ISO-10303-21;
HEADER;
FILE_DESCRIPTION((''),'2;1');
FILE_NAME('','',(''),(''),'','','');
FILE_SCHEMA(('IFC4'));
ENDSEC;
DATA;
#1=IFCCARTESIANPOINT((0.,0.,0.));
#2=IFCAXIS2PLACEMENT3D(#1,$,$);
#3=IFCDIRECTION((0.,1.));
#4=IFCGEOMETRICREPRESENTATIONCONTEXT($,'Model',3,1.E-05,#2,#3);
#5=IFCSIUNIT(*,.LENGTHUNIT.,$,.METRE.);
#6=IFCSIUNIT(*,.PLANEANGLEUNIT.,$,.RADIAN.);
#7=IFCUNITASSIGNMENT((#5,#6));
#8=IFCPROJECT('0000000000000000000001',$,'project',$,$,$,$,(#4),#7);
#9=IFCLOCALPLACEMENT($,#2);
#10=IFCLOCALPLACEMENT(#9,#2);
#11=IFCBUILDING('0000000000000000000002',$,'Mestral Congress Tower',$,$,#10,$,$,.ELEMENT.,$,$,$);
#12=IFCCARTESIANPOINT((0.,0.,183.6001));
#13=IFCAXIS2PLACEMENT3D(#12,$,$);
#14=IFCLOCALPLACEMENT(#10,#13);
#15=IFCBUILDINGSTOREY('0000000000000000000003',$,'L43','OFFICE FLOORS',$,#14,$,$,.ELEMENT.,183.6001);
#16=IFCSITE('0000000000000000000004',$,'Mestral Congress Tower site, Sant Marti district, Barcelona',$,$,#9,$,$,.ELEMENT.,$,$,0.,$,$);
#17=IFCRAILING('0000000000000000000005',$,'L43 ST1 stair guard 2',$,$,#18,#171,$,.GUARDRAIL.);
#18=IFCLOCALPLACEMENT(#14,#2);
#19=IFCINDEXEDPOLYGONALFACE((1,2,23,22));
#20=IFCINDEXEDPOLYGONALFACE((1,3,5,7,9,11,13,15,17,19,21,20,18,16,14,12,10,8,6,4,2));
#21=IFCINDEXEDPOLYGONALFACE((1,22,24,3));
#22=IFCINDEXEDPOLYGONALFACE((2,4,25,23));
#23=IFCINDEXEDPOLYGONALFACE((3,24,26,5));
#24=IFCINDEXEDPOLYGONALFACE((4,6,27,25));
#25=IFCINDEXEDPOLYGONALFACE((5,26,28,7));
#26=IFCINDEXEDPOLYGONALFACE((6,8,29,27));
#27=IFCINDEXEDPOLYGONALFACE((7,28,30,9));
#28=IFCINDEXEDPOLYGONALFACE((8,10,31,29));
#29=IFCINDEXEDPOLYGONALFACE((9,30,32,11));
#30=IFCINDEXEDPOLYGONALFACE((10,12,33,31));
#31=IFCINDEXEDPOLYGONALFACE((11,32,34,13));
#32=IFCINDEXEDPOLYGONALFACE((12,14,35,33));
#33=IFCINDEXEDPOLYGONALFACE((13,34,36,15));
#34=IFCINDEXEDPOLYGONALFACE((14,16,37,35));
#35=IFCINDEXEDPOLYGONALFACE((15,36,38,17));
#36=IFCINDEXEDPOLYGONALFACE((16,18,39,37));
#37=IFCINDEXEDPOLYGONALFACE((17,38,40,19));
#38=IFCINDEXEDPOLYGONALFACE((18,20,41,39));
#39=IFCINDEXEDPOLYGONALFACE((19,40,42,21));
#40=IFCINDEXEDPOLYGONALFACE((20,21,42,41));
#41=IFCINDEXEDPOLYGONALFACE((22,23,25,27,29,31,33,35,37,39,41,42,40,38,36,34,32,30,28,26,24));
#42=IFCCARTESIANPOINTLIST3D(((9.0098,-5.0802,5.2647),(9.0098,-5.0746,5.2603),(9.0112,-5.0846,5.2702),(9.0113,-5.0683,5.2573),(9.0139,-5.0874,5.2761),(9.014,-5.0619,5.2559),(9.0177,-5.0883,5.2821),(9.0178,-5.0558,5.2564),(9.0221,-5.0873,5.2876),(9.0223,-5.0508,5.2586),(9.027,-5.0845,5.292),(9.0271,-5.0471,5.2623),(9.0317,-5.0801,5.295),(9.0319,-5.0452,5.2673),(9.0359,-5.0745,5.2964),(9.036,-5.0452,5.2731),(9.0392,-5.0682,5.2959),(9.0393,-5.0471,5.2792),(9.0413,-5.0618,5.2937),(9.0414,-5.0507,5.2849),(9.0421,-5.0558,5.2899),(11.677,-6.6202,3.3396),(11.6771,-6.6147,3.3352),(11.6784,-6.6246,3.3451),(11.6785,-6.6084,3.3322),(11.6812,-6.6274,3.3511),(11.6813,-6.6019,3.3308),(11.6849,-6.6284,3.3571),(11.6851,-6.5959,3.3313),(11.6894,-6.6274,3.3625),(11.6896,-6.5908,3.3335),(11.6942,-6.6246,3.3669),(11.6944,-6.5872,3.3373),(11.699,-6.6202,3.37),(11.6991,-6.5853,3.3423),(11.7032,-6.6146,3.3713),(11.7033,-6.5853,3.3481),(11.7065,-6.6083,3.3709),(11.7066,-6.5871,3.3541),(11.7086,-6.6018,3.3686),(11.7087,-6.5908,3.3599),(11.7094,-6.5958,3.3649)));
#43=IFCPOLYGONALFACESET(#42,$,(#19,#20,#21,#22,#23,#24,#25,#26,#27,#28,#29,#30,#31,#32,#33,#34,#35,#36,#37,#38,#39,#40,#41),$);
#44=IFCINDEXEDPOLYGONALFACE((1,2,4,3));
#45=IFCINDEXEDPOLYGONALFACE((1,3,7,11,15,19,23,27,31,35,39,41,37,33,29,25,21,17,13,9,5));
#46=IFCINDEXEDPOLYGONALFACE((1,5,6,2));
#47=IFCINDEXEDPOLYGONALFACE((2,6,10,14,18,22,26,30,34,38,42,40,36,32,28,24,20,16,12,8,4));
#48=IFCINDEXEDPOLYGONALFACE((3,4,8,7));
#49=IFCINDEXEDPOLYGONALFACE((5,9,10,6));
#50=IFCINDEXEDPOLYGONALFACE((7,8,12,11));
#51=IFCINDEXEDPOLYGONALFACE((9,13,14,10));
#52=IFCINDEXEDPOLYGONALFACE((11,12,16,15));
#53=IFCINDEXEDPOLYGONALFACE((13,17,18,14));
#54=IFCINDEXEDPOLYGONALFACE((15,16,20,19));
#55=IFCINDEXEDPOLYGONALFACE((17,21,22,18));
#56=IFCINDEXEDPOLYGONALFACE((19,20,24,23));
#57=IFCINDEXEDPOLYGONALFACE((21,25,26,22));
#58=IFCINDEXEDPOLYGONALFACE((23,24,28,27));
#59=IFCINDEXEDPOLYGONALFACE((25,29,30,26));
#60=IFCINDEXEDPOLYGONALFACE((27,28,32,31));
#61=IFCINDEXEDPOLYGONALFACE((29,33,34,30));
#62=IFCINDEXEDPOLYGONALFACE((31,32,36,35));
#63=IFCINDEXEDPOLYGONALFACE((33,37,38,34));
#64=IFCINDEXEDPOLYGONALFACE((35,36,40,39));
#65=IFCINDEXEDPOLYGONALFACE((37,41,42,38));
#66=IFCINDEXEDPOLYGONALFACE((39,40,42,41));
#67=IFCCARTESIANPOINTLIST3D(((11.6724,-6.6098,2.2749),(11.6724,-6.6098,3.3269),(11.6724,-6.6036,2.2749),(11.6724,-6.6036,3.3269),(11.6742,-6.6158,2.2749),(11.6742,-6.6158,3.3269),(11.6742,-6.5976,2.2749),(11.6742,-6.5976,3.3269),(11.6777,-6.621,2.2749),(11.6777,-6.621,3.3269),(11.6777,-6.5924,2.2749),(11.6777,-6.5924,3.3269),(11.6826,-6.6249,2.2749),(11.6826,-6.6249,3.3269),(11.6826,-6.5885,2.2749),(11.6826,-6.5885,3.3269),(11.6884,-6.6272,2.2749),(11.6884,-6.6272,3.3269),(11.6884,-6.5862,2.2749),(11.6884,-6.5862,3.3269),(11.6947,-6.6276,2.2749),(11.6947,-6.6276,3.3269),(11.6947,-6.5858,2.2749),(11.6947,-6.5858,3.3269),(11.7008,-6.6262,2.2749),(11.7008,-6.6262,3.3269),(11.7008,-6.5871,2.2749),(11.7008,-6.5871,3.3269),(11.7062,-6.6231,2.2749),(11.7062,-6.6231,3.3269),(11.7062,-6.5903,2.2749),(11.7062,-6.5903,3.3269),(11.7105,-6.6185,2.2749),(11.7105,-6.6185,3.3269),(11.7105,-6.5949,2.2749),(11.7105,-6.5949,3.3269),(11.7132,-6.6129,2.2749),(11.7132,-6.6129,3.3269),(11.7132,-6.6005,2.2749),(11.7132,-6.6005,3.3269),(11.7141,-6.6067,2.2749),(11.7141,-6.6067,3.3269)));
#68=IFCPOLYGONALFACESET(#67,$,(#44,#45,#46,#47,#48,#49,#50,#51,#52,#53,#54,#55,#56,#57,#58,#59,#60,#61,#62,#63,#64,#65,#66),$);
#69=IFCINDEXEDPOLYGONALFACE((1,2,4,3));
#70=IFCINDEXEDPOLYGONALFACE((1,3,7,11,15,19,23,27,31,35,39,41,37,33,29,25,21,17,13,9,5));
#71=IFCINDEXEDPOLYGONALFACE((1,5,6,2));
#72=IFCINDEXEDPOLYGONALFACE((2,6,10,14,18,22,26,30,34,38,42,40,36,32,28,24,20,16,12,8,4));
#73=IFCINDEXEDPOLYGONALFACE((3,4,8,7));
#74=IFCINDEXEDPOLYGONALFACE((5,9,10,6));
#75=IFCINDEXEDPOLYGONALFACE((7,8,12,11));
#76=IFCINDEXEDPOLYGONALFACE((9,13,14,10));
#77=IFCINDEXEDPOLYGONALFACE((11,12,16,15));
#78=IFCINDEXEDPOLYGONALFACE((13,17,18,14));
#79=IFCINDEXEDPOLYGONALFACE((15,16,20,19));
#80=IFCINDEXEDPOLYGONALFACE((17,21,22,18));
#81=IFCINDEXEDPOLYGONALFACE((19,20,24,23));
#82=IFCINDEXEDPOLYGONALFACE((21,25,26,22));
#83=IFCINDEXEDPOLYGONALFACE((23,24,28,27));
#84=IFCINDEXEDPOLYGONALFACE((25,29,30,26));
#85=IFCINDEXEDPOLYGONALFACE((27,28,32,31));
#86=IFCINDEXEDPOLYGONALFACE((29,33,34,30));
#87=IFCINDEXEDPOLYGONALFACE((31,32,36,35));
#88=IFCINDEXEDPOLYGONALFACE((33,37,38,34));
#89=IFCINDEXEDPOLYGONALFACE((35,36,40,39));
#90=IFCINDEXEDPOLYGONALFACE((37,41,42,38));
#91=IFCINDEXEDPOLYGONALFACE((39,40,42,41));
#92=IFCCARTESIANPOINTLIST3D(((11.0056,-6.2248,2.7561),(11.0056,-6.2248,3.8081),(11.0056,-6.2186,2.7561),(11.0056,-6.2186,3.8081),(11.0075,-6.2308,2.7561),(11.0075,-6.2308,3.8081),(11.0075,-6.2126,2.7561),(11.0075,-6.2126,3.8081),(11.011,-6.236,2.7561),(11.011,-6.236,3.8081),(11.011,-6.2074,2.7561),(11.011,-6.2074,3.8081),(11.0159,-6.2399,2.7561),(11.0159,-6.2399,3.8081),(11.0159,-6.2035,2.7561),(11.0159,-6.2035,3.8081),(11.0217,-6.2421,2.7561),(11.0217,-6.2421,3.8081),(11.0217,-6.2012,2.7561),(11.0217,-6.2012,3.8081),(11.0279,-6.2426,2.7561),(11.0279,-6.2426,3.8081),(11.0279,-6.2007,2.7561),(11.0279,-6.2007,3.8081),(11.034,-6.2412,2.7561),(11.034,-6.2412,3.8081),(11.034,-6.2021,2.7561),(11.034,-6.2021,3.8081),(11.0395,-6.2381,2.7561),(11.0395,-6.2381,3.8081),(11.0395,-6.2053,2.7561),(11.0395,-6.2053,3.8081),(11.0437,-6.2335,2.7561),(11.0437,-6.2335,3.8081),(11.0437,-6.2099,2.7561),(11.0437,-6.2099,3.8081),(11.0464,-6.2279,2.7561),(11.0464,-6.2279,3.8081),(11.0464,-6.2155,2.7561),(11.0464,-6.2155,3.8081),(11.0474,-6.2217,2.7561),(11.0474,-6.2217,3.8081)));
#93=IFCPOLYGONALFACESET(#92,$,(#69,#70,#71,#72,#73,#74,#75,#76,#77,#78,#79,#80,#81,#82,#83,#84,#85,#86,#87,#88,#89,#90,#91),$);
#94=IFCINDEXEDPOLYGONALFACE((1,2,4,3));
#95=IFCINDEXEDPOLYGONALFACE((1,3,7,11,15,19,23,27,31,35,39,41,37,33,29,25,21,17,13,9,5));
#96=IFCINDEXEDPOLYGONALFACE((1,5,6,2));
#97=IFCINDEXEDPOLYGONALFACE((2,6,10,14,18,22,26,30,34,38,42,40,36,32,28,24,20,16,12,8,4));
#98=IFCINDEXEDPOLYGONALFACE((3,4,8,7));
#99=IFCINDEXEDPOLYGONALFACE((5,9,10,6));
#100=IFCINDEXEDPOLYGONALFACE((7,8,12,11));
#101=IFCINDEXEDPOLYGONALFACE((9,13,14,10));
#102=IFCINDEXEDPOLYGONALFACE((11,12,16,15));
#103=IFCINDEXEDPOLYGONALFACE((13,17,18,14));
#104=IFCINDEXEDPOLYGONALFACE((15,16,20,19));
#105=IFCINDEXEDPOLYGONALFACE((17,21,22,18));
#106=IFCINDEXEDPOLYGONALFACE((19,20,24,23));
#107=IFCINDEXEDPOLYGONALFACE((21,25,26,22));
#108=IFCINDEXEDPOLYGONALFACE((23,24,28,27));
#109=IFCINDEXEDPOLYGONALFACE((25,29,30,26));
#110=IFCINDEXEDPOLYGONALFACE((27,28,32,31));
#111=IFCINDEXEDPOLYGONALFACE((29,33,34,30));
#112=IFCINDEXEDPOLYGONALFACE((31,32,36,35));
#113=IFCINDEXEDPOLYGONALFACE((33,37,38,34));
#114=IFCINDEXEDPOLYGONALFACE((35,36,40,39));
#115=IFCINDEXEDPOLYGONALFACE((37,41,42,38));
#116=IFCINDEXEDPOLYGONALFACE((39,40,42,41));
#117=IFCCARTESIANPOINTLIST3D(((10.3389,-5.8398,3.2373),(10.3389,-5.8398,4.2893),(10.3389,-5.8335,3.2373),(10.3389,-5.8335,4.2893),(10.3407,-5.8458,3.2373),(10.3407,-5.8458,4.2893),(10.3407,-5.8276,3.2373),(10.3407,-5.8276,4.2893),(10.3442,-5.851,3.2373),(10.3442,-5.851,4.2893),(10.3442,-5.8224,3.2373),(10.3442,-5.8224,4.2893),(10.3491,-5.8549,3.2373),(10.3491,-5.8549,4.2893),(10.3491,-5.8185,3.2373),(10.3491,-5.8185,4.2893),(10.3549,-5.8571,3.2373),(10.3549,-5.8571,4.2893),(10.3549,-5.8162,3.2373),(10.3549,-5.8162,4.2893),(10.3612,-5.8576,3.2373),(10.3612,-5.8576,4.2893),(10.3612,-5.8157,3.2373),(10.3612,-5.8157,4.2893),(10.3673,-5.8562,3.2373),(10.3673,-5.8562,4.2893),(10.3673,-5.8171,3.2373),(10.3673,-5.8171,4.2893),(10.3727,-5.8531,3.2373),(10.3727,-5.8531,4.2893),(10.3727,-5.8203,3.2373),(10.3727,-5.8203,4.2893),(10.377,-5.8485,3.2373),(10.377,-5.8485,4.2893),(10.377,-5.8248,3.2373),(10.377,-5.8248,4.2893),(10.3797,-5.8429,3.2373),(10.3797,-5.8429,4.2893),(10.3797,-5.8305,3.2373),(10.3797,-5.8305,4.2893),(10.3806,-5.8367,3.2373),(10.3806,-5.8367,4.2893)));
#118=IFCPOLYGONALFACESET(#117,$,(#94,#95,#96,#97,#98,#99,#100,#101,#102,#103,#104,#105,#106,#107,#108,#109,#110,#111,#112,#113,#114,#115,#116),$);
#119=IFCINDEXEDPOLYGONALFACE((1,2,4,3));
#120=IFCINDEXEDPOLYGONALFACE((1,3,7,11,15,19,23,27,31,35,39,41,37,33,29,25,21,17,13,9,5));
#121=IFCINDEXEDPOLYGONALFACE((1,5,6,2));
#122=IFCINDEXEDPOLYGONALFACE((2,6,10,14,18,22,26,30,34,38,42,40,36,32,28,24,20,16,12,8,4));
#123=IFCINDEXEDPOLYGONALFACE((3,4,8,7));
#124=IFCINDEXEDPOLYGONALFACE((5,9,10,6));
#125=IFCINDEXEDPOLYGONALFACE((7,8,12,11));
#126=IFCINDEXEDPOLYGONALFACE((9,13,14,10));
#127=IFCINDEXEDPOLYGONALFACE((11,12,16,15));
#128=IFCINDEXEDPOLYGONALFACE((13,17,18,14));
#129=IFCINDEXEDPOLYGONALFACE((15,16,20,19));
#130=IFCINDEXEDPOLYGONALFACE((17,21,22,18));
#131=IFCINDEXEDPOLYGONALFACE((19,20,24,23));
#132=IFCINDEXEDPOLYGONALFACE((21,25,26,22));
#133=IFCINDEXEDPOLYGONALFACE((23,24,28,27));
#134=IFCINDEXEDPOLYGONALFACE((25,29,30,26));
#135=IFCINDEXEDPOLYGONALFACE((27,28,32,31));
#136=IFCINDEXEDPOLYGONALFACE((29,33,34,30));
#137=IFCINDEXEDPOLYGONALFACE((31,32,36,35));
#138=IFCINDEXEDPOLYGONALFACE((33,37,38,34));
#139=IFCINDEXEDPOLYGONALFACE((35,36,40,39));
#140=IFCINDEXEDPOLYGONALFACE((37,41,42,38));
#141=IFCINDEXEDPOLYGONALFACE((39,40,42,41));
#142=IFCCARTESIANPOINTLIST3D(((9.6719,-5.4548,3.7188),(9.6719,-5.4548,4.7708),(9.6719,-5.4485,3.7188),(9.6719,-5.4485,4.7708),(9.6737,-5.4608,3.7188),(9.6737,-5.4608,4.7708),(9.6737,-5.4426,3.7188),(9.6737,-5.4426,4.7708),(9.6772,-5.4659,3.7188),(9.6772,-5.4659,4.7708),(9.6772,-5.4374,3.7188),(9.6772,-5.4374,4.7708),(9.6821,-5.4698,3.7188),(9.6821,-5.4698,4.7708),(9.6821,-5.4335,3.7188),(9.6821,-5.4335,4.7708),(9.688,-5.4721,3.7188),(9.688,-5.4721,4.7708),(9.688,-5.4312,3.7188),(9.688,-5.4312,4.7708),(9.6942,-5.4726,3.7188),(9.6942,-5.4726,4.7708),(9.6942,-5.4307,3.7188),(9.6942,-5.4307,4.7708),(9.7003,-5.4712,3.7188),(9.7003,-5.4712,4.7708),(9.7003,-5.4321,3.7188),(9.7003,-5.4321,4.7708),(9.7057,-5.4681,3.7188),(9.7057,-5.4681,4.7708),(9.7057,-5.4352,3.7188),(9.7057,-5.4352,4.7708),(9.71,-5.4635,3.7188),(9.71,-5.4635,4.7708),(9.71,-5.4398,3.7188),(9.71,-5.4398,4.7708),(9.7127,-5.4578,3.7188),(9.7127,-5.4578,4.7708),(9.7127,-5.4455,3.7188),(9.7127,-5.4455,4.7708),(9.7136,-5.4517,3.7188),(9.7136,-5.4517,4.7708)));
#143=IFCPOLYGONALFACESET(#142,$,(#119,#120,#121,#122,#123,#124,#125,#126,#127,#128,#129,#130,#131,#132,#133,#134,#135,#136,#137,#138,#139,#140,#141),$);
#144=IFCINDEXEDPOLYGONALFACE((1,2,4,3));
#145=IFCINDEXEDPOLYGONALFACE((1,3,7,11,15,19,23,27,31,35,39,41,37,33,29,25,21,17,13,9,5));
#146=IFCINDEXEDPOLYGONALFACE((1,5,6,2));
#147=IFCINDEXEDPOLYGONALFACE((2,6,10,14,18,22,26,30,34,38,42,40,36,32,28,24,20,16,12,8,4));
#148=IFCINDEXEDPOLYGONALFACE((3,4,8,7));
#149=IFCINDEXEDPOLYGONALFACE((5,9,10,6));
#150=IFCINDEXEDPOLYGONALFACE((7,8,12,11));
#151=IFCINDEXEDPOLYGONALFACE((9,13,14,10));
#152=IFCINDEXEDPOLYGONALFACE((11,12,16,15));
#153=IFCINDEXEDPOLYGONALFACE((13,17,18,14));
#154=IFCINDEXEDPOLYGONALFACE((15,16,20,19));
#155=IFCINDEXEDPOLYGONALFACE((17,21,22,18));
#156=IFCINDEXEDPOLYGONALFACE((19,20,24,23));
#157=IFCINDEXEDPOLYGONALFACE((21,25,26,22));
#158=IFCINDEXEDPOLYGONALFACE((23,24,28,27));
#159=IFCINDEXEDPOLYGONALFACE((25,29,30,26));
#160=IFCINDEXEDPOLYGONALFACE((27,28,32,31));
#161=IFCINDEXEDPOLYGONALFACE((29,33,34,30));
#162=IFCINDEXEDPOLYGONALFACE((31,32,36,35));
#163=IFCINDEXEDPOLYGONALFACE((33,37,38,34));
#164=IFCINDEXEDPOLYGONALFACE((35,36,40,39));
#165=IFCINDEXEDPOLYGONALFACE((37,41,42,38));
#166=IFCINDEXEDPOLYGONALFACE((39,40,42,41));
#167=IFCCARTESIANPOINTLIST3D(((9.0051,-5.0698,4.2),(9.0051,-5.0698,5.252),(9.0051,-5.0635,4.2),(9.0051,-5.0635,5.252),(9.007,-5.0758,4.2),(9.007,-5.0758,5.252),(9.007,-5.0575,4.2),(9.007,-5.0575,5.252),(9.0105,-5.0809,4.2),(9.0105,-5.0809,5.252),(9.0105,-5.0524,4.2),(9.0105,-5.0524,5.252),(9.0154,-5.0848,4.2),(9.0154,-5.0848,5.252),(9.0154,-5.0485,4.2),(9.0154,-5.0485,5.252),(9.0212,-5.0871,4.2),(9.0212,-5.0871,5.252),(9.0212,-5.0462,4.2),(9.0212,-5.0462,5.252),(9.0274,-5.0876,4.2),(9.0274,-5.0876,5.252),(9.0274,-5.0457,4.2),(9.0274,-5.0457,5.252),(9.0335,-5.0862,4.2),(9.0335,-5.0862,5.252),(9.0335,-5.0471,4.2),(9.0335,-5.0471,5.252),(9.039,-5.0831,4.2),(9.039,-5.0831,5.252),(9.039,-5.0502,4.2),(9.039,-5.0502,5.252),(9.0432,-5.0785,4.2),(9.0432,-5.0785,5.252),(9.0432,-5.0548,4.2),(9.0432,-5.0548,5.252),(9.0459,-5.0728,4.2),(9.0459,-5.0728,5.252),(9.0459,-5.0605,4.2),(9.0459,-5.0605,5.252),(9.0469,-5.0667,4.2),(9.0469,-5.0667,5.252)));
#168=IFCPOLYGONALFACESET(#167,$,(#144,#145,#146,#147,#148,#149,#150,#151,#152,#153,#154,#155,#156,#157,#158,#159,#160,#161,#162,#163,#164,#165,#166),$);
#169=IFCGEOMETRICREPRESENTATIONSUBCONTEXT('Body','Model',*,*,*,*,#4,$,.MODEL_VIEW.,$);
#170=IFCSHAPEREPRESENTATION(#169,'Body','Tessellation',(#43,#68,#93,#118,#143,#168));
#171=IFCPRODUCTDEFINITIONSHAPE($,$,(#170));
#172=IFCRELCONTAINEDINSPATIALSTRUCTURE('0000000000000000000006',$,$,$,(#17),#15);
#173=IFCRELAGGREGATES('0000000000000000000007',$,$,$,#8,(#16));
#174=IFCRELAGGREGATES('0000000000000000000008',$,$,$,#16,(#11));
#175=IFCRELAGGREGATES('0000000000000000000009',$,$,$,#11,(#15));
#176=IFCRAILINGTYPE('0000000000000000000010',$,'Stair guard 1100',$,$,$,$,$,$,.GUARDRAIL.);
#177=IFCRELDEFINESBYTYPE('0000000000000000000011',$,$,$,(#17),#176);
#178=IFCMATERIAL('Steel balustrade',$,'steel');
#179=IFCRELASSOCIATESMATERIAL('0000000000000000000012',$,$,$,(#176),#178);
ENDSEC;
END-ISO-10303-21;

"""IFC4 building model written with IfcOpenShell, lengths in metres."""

from ifc_helpers import new_model, si_unit, direction, frame, origin, origin_2d, place, context, subcontext, project, spatial, circle, extrude, material, type_object, element, save


model = new_model("IFC4")

# Units and contexts
model_context = context("Model", 3, precision=1e-05, world=origin(), true_north=direction((0.0, 1.0)))
body_context = subcontext(model_context, "Body", "Model", "MODEL_VIEW")
ifc_project = project(units=[si_unit("LENGTHUNIT", "METRE"), si_unit("PLANEANGLEUNIT", "RADIAN")], contexts=[model_context])

# Site, building, storey
site_placement = place(None, origin())
site = spatial("IfcSite", under=ifc_project, at=site_placement, Name="Mestral Congress Tower site, Sant Marti district, Barcelona", CompositionType="ELEMENT", RefElevation=0.0)
building_placement = place(site_placement, origin())
building = spatial("IfcBuilding", under=site, at=building_placement, Name="Mestral Congress Tower", CompositionType="ELEMENT")
storey_placement = place(building_placement, frame((0.0, 0.0, 183.6001)))
storey = spatial("IfcBuildingStorey", under=building, at=storey_placement, Name="L43", Description="OFFICE FLOORS", CompositionType="ELEMENT", Elevation=183.6001)

# Railing
ifc_material_1 = material(Name="Steel balustrade", Category="steel")
railing_type_1 = type_object("IfcRailingType", Name="Stair guard 1100", PredefinedType="GUARDRAIL", material=ifc_material_1)
railing_1_placement = place(storey_placement, frame((11.6931, -6.6067, 2.2749)))
element("IfcRailing", 1, at=railing_1_placement, inside=storey, type_object=railing_type_1, Name="L43 ST1 stair guard 2", PredefinedType="GUARDRAIL", context=body_context, shape_type="SweptSolid", body=[
    extrude(circle(Radius=0.0239, at=origin_2d()), frame((0.0, 0.0, 1.0762), z_axis=(-0.734364, 0.424015, 0.530019), x_axis=(-0.500027, -0.86601, 0.0)), (0.0, 0.0, 1.0), 3.6321),
    extrude(circle(Radius=0.021, at=origin_2d()), origin(), (0.0, 0.0, 1.0), 1.052),
    extrude(circle(Radius=0.021, at=origin_2d()), frame((-0.6667, 0.385, 0.4812)), (0.0, 0.0, 1.0), 1.052),
    extrude(circle(Radius=0.021, at=origin_2d()), frame((-1.3335, 0.77, 0.9624)), (0.0, 0.0, 1.0), 1.052),
    extrude(circle(Radius=0.021, at=origin_2d()), frame((-2.0005, 1.155, 1.4438)), (0.0, 0.0, 1.0), 1.052),
    extrude(circle(Radius=0.021, at=origin_2d()), frame((-2.6672, 1.54, 1.925)), (0.0, 0.0, 1.0), 1.052),
])

save(model, "model.ifc")
